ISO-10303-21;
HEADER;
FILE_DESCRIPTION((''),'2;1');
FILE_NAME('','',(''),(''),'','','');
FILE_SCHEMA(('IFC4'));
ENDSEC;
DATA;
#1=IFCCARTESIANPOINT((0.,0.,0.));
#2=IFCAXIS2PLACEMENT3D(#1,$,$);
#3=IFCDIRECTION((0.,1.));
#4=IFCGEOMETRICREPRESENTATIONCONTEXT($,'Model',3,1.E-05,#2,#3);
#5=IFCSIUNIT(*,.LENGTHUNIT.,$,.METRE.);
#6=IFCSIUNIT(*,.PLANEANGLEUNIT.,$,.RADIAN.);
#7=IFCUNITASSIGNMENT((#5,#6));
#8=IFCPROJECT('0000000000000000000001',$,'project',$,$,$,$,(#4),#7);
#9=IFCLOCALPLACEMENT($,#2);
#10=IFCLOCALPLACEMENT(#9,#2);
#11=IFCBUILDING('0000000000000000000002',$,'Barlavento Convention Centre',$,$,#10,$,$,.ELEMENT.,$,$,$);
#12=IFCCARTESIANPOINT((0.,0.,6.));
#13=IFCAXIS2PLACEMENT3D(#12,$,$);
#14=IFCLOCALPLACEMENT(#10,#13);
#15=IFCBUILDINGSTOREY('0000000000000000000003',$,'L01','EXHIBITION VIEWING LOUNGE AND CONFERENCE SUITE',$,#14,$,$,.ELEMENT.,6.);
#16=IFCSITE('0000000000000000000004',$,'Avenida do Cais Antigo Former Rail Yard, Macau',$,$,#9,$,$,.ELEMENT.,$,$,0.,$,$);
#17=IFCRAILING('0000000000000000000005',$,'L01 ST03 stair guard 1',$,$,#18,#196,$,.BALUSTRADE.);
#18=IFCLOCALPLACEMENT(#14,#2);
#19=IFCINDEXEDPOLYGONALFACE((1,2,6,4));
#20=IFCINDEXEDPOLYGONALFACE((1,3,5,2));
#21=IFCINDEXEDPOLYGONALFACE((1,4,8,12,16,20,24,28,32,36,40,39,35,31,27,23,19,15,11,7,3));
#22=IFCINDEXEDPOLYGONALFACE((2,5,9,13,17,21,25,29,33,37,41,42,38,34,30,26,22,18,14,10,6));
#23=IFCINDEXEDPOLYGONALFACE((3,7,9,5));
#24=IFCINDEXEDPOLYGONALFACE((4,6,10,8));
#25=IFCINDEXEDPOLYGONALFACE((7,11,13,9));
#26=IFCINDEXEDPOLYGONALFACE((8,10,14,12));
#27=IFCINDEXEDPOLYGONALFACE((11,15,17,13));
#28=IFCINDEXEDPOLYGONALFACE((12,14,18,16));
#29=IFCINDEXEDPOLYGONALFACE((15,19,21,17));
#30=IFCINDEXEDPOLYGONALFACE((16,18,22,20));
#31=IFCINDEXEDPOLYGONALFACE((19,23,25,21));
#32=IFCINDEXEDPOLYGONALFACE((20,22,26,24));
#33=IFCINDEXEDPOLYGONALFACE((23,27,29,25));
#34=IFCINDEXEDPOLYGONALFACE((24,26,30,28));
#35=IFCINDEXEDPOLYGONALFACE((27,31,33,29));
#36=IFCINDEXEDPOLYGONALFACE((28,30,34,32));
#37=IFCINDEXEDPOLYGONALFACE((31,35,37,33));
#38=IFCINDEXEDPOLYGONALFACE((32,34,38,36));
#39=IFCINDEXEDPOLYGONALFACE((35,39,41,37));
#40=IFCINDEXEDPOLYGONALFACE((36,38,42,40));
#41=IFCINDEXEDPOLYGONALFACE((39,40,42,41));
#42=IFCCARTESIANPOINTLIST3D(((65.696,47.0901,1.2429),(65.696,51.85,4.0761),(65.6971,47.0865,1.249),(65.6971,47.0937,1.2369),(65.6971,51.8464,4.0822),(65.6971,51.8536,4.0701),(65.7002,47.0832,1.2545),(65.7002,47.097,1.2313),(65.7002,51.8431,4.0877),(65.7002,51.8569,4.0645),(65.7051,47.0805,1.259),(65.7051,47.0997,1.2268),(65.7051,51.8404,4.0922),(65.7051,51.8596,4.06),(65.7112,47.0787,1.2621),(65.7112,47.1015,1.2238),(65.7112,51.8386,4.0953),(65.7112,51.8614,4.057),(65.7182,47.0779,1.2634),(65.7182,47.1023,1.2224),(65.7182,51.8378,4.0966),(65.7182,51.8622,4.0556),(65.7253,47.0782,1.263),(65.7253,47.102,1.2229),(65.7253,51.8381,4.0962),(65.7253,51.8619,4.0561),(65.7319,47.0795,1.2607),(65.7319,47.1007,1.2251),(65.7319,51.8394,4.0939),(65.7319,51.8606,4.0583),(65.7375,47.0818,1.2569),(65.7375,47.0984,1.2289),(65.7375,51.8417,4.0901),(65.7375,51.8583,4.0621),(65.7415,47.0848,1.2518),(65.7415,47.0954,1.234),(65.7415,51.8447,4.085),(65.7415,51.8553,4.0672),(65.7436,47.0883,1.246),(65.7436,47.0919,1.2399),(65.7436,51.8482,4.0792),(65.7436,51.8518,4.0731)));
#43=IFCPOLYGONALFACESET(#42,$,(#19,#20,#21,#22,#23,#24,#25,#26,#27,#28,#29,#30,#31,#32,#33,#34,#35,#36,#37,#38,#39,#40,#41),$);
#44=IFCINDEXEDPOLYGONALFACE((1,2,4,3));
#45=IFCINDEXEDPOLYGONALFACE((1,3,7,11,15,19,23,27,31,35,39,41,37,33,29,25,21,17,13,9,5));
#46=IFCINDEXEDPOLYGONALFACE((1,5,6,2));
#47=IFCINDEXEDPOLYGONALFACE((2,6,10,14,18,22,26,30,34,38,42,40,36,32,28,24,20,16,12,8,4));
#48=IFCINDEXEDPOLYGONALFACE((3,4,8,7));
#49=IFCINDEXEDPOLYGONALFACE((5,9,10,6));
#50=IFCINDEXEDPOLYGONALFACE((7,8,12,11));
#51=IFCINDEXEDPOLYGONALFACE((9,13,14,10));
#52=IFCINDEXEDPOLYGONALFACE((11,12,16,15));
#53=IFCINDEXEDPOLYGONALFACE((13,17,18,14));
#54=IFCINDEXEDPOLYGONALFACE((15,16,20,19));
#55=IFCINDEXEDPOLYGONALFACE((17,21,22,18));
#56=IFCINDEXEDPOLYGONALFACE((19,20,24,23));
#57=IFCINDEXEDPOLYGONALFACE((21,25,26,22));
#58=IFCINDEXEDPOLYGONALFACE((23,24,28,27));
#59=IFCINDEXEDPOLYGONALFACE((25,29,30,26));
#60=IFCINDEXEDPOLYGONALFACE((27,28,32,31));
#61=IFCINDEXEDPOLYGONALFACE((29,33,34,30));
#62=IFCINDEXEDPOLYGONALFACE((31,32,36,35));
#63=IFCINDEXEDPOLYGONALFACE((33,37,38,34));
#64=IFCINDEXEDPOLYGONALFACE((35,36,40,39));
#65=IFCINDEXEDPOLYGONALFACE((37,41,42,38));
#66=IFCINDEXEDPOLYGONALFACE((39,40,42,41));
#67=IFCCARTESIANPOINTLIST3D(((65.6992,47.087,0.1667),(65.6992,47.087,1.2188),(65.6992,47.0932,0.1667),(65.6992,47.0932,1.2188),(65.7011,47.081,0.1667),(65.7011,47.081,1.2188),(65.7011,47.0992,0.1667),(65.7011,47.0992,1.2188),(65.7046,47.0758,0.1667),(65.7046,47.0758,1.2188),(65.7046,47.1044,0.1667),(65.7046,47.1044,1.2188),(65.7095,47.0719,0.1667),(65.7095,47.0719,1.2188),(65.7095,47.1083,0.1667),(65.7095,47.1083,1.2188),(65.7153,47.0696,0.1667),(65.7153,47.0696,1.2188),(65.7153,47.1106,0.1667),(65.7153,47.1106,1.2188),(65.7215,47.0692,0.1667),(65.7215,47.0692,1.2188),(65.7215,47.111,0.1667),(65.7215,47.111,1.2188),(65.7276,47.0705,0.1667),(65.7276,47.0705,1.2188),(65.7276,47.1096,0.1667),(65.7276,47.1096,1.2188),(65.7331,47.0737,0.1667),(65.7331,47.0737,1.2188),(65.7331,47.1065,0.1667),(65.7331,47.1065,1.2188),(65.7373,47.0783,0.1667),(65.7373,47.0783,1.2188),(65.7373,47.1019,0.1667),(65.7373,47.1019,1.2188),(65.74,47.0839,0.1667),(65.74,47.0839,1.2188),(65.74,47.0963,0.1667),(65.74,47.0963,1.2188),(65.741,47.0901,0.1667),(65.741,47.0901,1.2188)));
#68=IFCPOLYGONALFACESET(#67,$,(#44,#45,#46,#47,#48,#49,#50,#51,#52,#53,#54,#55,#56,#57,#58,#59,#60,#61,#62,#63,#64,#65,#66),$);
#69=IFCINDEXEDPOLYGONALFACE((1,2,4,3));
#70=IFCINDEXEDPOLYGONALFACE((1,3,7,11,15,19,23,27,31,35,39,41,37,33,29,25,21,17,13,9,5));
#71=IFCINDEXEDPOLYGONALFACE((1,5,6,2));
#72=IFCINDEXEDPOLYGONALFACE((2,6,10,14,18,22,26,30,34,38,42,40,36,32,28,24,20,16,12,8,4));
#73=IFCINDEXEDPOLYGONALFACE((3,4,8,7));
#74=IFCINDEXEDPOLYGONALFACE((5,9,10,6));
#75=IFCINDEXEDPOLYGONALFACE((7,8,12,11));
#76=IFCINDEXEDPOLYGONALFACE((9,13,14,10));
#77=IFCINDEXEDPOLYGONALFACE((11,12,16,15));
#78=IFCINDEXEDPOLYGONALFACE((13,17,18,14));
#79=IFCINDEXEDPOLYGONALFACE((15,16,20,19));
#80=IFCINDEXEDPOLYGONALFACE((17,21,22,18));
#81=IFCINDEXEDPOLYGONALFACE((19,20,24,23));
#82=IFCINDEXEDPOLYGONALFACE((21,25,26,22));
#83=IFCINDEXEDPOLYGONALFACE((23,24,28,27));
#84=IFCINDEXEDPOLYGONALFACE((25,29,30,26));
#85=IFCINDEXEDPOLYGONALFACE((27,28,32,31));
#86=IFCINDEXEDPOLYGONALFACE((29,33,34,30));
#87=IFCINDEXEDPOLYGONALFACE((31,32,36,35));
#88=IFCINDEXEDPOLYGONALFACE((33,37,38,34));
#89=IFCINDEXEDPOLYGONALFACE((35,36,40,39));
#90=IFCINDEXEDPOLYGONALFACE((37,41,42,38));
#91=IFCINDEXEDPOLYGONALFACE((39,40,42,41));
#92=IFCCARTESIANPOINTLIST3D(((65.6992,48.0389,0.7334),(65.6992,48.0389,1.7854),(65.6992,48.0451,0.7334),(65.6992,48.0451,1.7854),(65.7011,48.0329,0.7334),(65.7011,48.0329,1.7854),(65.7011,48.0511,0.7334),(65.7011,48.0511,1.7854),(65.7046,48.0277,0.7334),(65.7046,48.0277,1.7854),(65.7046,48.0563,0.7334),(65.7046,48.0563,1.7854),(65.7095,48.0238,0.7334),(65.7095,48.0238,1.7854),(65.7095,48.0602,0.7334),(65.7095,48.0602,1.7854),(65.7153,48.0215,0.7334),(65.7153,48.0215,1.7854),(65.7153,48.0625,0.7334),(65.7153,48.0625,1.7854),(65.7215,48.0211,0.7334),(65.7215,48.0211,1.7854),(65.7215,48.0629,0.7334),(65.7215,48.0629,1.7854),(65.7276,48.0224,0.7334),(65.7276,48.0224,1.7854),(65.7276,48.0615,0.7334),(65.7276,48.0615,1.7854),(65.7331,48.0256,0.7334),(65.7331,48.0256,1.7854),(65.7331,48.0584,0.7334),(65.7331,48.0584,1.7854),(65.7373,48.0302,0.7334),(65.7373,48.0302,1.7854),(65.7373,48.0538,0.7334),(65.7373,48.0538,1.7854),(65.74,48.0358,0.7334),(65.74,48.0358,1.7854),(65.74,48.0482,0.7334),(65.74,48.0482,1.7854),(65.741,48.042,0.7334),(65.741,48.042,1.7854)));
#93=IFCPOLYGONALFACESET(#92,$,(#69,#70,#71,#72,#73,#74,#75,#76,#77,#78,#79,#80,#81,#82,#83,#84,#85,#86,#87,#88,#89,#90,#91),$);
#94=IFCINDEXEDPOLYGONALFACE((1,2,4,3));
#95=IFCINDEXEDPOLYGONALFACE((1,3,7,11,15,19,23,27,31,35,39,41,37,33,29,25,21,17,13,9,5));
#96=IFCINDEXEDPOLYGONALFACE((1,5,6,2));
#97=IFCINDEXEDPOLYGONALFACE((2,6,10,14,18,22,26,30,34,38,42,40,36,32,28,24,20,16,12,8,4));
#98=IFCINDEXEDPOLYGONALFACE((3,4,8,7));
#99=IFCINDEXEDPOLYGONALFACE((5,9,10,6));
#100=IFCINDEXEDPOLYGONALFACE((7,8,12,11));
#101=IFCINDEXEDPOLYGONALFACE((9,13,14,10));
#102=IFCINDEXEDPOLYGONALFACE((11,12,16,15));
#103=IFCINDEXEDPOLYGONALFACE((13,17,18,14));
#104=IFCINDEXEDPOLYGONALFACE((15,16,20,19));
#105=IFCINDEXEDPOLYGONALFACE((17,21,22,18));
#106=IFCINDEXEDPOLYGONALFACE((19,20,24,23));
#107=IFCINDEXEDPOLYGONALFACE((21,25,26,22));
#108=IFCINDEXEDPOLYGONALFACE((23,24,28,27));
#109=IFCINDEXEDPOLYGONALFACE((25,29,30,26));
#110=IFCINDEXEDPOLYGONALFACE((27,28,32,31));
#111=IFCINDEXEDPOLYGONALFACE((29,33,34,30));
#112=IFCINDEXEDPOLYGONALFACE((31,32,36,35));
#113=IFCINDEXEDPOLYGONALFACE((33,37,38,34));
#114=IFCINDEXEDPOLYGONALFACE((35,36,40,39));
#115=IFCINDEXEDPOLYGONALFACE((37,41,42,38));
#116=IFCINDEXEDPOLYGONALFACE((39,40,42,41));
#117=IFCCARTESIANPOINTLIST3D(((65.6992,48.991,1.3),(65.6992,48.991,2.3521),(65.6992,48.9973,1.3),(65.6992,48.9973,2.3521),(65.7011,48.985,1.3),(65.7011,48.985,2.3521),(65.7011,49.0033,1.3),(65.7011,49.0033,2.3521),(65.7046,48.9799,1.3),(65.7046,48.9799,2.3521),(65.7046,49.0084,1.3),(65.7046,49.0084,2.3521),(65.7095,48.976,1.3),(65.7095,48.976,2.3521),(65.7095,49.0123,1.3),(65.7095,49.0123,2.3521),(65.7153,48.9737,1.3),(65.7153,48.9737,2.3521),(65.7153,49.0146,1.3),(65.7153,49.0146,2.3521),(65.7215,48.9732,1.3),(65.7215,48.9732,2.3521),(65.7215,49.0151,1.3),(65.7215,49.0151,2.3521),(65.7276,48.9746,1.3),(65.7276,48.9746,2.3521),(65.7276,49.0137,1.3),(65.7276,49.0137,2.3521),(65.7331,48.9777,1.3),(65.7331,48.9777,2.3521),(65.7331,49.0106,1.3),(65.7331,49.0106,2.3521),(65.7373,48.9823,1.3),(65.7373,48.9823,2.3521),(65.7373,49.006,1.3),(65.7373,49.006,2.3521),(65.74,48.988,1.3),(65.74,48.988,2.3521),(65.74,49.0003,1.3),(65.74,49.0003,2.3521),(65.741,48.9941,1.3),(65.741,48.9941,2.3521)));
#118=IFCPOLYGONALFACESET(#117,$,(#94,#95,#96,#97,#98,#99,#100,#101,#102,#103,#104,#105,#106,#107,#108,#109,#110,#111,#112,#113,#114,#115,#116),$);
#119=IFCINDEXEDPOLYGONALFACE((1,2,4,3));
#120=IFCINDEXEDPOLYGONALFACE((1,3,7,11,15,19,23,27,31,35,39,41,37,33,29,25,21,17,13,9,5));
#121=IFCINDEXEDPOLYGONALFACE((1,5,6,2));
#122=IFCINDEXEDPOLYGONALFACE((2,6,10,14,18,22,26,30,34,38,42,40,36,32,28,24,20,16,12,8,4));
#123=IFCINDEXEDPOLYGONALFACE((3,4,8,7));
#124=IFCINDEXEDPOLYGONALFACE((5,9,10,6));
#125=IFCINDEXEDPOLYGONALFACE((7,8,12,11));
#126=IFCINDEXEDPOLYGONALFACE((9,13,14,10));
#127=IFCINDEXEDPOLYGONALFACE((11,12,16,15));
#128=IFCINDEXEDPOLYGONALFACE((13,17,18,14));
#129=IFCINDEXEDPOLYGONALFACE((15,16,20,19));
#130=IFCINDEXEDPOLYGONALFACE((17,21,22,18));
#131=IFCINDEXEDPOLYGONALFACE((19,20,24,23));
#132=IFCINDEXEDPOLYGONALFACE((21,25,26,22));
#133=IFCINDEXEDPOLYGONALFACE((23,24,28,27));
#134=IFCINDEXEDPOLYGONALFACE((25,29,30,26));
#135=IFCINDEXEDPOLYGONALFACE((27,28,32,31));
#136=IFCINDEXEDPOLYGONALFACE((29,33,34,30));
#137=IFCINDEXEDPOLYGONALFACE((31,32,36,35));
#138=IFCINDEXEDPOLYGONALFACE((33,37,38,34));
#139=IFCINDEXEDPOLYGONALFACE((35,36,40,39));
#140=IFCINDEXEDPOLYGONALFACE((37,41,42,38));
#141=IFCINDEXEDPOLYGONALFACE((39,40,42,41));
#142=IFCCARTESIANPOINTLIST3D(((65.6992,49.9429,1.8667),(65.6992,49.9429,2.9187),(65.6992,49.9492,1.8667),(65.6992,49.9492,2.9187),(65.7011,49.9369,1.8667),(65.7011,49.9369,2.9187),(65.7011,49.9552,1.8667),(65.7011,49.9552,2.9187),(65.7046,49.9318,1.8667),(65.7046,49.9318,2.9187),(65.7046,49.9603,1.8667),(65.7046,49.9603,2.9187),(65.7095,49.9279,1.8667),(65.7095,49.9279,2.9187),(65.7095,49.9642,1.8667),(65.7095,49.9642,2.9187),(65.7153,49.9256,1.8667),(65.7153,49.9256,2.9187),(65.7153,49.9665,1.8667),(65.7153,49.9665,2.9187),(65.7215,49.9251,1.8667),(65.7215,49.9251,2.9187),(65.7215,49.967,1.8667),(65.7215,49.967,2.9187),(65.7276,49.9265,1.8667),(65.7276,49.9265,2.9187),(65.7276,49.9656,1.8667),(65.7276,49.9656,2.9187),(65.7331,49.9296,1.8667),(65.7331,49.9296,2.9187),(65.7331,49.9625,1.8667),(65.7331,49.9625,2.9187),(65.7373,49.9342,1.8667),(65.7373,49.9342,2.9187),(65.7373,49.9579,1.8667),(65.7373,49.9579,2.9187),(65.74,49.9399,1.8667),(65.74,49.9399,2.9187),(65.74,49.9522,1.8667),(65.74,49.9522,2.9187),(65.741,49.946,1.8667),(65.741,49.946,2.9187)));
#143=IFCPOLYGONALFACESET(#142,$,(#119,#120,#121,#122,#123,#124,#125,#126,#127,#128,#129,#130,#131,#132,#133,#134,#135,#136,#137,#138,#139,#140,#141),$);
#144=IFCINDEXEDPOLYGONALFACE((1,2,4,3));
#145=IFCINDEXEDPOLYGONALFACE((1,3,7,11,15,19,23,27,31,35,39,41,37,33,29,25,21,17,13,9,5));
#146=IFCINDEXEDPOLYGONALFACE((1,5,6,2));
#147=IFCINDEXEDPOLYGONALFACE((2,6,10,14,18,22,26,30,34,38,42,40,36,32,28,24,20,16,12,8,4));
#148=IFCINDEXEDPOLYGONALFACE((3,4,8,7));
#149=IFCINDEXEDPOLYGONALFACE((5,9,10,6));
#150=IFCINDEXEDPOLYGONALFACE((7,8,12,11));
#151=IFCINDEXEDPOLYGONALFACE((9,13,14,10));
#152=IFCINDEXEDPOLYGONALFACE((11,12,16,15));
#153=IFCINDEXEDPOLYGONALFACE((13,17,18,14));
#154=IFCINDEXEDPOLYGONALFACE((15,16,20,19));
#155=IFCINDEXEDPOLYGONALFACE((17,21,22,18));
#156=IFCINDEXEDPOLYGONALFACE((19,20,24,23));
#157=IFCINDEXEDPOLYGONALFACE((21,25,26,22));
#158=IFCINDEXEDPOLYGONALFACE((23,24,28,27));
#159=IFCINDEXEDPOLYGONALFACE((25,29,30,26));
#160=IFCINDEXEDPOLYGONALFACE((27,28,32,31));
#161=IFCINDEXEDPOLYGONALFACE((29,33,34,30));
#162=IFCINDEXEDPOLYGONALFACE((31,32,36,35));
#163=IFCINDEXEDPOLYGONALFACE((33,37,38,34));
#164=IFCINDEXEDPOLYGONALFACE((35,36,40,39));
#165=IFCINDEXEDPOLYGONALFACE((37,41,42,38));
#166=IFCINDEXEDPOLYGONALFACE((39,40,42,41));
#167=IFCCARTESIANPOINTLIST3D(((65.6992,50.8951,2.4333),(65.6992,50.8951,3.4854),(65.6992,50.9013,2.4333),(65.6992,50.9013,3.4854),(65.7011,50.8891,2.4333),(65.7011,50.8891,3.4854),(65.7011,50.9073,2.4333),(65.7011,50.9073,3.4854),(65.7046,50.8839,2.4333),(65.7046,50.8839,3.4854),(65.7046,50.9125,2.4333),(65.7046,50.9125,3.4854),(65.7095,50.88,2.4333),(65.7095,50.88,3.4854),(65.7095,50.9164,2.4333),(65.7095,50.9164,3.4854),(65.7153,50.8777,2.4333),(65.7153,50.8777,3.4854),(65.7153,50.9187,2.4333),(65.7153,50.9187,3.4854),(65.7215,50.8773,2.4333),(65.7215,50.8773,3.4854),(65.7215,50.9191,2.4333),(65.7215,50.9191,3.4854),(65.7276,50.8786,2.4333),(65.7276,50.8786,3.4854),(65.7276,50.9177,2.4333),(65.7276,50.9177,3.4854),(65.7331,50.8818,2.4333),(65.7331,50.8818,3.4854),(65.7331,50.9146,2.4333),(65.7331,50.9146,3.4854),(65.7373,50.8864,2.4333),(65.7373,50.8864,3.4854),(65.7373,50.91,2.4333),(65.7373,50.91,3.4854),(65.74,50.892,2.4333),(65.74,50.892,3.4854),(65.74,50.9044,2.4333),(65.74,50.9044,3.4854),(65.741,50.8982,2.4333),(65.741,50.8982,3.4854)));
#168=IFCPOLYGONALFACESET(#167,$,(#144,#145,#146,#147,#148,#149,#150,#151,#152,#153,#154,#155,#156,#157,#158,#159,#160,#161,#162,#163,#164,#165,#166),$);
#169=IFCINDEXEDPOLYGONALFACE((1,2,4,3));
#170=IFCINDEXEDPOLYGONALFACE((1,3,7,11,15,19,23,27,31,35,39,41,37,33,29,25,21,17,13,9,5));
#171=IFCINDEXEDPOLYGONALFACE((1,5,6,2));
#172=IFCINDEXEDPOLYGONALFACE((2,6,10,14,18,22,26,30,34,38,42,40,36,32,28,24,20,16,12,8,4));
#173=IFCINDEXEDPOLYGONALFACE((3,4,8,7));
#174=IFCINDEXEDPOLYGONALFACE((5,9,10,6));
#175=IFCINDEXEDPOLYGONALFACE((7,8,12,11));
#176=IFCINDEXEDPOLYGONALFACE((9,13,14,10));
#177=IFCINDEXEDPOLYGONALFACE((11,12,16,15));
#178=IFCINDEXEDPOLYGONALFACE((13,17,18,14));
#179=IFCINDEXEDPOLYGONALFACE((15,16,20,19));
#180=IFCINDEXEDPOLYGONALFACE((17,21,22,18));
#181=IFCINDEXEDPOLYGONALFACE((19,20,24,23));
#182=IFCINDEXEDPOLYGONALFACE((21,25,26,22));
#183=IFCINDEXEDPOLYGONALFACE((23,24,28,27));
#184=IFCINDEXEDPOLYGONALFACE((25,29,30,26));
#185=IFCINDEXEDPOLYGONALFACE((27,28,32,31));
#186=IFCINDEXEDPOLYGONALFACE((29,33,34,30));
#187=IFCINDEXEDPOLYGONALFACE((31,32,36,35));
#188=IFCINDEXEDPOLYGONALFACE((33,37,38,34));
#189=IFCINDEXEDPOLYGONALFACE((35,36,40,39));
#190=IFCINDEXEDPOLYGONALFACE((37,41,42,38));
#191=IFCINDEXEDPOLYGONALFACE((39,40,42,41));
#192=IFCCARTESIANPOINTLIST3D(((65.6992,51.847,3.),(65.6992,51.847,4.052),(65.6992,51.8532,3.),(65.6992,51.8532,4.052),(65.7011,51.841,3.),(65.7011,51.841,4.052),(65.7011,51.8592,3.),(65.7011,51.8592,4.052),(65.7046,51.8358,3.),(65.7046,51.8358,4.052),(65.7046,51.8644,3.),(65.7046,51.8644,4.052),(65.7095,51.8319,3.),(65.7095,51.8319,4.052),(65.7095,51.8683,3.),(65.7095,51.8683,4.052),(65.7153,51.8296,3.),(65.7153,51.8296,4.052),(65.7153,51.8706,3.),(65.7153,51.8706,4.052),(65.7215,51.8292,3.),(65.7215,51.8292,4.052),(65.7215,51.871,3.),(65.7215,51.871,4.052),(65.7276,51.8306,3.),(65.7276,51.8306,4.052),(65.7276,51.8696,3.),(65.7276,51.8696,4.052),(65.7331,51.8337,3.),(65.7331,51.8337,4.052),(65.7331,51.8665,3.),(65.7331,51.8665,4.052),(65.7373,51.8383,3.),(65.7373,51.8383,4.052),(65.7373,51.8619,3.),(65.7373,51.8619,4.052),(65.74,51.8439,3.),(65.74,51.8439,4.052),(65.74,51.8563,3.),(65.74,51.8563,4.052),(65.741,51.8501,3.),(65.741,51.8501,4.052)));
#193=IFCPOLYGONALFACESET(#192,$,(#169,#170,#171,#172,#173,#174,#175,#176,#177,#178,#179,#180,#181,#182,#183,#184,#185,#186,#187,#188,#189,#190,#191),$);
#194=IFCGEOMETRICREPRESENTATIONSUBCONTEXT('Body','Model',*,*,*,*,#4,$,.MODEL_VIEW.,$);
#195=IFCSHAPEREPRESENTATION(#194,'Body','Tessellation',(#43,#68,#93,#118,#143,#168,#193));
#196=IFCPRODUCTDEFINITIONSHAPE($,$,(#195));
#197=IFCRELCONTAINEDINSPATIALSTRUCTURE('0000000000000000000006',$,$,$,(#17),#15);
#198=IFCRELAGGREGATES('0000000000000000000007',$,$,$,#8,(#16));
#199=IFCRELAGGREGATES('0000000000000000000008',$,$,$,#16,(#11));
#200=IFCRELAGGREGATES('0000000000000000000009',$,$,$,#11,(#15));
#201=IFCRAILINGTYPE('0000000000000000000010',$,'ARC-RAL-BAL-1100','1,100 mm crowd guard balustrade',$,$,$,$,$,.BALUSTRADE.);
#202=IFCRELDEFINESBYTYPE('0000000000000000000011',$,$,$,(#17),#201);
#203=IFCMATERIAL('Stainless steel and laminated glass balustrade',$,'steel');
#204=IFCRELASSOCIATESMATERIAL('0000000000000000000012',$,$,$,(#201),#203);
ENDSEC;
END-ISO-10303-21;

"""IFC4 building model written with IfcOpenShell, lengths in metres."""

from ifc_helpers import new_model, si_unit, direction, frame, origin, origin_2d, place, context, subcontext, project, spatial, circle, extrude, material, type_object, element, save


model = new_model("IFC4")

# Units and contexts
model_context = context("Model", 3, precision=1e-05, world=origin(), true_north=direction((0.0, 1.0)))
body_context = subcontext(model_context, "Body", "Model", "MODEL_VIEW")
ifc_project = project(units=[si_unit("LENGTHUNIT", "METRE"), si_unit("PLANEANGLEUNIT", "RADIAN")], contexts=[model_context])

# Site, building, storey
site_placement = place(None, origin())
site = spatial("IfcSite", under=ifc_project, at=site_placement, Name="Avenida do Cais Antigo Former Rail Yard, Macau", CompositionType="ELEMENT", RefElevation=0.0)
building_placement = place(site_placement, origin())
building = spatial("IfcBuilding", under=site, at=building_placement, Name="Barlavento Convention Centre", CompositionType="ELEMENT")
storey_placement = place(building_placement, frame((0.0, 0.0, 6.0)))
storey = spatial("IfcBuildingStorey", under=building, at=storey_placement, Name="L01", Description="EXHIBITION VIEWING LOUNGE AND CONFERENCE SUITE", CompositionType="ELEMENT", Elevation=6.0)

# Railing
ifc_material_1 = material(Name="Stainless steel and laminated glass balustrade", Category="steel")
railing_type_1 = type_object("IfcRailingType", Name="ARC-RAL-BAL-1100", Description="1,100 mm crowd guard balustrade", PredefinedType="BALUSTRADE", material=ifc_material_1)
railing_1_placement = place(storey_placement, frame((65.72, 47.0901, 0.1667)))
element("IfcRailing", 1, at=railing_1_placement, inside=storey, type_object=railing_type_1, Name="L01 ST03 stair guard 1", PredefinedType="BALUSTRADE", context=body_context, shape_type="SweptSolid", body=[
    extrude(circle(Radius=0.0239, at=origin_2d()), frame((0.0, 0.0, 1.0762), z_axis=(0.0, 0.8593, 0.511472), x_axis=(-1.0, 0.0, 0.0)), (0.0, 0.0, 1.0), 5.5393),
    extrude(circle(Radius=0.021, at=origin_2d()), origin(), (0.0, 0.0, 1.0), 1.052),
    extrude(circle(Radius=0.021, at=origin_2d()), frame((0.0, 0.9519, 0.5667)), (0.0, 0.0, 1.0), 1.052),
    extrude(circle(Radius=0.021, at=origin_2d()), frame((0.0, 1.9041, 1.1333)), (0.0, 0.0, 1.0), 1.052),
    extrude(circle(Radius=0.021, at=origin_2d()), frame((0.0, 2.856, 1.7)), (0.0, 0.0, 1.0), 1.052),
    extrude(circle(Radius=0.021, at=origin_2d()), frame((0.0, 3.8081, 2.2666)), (0.0, 0.0, 1.0), 1.052),
    extrude(circle(Radius=0.021, at=origin_2d()), frame((0.0, 4.76, 2.8333)), (0.0, 0.0, 1.0), 1.052),
])

save(model, "model.ifc")
